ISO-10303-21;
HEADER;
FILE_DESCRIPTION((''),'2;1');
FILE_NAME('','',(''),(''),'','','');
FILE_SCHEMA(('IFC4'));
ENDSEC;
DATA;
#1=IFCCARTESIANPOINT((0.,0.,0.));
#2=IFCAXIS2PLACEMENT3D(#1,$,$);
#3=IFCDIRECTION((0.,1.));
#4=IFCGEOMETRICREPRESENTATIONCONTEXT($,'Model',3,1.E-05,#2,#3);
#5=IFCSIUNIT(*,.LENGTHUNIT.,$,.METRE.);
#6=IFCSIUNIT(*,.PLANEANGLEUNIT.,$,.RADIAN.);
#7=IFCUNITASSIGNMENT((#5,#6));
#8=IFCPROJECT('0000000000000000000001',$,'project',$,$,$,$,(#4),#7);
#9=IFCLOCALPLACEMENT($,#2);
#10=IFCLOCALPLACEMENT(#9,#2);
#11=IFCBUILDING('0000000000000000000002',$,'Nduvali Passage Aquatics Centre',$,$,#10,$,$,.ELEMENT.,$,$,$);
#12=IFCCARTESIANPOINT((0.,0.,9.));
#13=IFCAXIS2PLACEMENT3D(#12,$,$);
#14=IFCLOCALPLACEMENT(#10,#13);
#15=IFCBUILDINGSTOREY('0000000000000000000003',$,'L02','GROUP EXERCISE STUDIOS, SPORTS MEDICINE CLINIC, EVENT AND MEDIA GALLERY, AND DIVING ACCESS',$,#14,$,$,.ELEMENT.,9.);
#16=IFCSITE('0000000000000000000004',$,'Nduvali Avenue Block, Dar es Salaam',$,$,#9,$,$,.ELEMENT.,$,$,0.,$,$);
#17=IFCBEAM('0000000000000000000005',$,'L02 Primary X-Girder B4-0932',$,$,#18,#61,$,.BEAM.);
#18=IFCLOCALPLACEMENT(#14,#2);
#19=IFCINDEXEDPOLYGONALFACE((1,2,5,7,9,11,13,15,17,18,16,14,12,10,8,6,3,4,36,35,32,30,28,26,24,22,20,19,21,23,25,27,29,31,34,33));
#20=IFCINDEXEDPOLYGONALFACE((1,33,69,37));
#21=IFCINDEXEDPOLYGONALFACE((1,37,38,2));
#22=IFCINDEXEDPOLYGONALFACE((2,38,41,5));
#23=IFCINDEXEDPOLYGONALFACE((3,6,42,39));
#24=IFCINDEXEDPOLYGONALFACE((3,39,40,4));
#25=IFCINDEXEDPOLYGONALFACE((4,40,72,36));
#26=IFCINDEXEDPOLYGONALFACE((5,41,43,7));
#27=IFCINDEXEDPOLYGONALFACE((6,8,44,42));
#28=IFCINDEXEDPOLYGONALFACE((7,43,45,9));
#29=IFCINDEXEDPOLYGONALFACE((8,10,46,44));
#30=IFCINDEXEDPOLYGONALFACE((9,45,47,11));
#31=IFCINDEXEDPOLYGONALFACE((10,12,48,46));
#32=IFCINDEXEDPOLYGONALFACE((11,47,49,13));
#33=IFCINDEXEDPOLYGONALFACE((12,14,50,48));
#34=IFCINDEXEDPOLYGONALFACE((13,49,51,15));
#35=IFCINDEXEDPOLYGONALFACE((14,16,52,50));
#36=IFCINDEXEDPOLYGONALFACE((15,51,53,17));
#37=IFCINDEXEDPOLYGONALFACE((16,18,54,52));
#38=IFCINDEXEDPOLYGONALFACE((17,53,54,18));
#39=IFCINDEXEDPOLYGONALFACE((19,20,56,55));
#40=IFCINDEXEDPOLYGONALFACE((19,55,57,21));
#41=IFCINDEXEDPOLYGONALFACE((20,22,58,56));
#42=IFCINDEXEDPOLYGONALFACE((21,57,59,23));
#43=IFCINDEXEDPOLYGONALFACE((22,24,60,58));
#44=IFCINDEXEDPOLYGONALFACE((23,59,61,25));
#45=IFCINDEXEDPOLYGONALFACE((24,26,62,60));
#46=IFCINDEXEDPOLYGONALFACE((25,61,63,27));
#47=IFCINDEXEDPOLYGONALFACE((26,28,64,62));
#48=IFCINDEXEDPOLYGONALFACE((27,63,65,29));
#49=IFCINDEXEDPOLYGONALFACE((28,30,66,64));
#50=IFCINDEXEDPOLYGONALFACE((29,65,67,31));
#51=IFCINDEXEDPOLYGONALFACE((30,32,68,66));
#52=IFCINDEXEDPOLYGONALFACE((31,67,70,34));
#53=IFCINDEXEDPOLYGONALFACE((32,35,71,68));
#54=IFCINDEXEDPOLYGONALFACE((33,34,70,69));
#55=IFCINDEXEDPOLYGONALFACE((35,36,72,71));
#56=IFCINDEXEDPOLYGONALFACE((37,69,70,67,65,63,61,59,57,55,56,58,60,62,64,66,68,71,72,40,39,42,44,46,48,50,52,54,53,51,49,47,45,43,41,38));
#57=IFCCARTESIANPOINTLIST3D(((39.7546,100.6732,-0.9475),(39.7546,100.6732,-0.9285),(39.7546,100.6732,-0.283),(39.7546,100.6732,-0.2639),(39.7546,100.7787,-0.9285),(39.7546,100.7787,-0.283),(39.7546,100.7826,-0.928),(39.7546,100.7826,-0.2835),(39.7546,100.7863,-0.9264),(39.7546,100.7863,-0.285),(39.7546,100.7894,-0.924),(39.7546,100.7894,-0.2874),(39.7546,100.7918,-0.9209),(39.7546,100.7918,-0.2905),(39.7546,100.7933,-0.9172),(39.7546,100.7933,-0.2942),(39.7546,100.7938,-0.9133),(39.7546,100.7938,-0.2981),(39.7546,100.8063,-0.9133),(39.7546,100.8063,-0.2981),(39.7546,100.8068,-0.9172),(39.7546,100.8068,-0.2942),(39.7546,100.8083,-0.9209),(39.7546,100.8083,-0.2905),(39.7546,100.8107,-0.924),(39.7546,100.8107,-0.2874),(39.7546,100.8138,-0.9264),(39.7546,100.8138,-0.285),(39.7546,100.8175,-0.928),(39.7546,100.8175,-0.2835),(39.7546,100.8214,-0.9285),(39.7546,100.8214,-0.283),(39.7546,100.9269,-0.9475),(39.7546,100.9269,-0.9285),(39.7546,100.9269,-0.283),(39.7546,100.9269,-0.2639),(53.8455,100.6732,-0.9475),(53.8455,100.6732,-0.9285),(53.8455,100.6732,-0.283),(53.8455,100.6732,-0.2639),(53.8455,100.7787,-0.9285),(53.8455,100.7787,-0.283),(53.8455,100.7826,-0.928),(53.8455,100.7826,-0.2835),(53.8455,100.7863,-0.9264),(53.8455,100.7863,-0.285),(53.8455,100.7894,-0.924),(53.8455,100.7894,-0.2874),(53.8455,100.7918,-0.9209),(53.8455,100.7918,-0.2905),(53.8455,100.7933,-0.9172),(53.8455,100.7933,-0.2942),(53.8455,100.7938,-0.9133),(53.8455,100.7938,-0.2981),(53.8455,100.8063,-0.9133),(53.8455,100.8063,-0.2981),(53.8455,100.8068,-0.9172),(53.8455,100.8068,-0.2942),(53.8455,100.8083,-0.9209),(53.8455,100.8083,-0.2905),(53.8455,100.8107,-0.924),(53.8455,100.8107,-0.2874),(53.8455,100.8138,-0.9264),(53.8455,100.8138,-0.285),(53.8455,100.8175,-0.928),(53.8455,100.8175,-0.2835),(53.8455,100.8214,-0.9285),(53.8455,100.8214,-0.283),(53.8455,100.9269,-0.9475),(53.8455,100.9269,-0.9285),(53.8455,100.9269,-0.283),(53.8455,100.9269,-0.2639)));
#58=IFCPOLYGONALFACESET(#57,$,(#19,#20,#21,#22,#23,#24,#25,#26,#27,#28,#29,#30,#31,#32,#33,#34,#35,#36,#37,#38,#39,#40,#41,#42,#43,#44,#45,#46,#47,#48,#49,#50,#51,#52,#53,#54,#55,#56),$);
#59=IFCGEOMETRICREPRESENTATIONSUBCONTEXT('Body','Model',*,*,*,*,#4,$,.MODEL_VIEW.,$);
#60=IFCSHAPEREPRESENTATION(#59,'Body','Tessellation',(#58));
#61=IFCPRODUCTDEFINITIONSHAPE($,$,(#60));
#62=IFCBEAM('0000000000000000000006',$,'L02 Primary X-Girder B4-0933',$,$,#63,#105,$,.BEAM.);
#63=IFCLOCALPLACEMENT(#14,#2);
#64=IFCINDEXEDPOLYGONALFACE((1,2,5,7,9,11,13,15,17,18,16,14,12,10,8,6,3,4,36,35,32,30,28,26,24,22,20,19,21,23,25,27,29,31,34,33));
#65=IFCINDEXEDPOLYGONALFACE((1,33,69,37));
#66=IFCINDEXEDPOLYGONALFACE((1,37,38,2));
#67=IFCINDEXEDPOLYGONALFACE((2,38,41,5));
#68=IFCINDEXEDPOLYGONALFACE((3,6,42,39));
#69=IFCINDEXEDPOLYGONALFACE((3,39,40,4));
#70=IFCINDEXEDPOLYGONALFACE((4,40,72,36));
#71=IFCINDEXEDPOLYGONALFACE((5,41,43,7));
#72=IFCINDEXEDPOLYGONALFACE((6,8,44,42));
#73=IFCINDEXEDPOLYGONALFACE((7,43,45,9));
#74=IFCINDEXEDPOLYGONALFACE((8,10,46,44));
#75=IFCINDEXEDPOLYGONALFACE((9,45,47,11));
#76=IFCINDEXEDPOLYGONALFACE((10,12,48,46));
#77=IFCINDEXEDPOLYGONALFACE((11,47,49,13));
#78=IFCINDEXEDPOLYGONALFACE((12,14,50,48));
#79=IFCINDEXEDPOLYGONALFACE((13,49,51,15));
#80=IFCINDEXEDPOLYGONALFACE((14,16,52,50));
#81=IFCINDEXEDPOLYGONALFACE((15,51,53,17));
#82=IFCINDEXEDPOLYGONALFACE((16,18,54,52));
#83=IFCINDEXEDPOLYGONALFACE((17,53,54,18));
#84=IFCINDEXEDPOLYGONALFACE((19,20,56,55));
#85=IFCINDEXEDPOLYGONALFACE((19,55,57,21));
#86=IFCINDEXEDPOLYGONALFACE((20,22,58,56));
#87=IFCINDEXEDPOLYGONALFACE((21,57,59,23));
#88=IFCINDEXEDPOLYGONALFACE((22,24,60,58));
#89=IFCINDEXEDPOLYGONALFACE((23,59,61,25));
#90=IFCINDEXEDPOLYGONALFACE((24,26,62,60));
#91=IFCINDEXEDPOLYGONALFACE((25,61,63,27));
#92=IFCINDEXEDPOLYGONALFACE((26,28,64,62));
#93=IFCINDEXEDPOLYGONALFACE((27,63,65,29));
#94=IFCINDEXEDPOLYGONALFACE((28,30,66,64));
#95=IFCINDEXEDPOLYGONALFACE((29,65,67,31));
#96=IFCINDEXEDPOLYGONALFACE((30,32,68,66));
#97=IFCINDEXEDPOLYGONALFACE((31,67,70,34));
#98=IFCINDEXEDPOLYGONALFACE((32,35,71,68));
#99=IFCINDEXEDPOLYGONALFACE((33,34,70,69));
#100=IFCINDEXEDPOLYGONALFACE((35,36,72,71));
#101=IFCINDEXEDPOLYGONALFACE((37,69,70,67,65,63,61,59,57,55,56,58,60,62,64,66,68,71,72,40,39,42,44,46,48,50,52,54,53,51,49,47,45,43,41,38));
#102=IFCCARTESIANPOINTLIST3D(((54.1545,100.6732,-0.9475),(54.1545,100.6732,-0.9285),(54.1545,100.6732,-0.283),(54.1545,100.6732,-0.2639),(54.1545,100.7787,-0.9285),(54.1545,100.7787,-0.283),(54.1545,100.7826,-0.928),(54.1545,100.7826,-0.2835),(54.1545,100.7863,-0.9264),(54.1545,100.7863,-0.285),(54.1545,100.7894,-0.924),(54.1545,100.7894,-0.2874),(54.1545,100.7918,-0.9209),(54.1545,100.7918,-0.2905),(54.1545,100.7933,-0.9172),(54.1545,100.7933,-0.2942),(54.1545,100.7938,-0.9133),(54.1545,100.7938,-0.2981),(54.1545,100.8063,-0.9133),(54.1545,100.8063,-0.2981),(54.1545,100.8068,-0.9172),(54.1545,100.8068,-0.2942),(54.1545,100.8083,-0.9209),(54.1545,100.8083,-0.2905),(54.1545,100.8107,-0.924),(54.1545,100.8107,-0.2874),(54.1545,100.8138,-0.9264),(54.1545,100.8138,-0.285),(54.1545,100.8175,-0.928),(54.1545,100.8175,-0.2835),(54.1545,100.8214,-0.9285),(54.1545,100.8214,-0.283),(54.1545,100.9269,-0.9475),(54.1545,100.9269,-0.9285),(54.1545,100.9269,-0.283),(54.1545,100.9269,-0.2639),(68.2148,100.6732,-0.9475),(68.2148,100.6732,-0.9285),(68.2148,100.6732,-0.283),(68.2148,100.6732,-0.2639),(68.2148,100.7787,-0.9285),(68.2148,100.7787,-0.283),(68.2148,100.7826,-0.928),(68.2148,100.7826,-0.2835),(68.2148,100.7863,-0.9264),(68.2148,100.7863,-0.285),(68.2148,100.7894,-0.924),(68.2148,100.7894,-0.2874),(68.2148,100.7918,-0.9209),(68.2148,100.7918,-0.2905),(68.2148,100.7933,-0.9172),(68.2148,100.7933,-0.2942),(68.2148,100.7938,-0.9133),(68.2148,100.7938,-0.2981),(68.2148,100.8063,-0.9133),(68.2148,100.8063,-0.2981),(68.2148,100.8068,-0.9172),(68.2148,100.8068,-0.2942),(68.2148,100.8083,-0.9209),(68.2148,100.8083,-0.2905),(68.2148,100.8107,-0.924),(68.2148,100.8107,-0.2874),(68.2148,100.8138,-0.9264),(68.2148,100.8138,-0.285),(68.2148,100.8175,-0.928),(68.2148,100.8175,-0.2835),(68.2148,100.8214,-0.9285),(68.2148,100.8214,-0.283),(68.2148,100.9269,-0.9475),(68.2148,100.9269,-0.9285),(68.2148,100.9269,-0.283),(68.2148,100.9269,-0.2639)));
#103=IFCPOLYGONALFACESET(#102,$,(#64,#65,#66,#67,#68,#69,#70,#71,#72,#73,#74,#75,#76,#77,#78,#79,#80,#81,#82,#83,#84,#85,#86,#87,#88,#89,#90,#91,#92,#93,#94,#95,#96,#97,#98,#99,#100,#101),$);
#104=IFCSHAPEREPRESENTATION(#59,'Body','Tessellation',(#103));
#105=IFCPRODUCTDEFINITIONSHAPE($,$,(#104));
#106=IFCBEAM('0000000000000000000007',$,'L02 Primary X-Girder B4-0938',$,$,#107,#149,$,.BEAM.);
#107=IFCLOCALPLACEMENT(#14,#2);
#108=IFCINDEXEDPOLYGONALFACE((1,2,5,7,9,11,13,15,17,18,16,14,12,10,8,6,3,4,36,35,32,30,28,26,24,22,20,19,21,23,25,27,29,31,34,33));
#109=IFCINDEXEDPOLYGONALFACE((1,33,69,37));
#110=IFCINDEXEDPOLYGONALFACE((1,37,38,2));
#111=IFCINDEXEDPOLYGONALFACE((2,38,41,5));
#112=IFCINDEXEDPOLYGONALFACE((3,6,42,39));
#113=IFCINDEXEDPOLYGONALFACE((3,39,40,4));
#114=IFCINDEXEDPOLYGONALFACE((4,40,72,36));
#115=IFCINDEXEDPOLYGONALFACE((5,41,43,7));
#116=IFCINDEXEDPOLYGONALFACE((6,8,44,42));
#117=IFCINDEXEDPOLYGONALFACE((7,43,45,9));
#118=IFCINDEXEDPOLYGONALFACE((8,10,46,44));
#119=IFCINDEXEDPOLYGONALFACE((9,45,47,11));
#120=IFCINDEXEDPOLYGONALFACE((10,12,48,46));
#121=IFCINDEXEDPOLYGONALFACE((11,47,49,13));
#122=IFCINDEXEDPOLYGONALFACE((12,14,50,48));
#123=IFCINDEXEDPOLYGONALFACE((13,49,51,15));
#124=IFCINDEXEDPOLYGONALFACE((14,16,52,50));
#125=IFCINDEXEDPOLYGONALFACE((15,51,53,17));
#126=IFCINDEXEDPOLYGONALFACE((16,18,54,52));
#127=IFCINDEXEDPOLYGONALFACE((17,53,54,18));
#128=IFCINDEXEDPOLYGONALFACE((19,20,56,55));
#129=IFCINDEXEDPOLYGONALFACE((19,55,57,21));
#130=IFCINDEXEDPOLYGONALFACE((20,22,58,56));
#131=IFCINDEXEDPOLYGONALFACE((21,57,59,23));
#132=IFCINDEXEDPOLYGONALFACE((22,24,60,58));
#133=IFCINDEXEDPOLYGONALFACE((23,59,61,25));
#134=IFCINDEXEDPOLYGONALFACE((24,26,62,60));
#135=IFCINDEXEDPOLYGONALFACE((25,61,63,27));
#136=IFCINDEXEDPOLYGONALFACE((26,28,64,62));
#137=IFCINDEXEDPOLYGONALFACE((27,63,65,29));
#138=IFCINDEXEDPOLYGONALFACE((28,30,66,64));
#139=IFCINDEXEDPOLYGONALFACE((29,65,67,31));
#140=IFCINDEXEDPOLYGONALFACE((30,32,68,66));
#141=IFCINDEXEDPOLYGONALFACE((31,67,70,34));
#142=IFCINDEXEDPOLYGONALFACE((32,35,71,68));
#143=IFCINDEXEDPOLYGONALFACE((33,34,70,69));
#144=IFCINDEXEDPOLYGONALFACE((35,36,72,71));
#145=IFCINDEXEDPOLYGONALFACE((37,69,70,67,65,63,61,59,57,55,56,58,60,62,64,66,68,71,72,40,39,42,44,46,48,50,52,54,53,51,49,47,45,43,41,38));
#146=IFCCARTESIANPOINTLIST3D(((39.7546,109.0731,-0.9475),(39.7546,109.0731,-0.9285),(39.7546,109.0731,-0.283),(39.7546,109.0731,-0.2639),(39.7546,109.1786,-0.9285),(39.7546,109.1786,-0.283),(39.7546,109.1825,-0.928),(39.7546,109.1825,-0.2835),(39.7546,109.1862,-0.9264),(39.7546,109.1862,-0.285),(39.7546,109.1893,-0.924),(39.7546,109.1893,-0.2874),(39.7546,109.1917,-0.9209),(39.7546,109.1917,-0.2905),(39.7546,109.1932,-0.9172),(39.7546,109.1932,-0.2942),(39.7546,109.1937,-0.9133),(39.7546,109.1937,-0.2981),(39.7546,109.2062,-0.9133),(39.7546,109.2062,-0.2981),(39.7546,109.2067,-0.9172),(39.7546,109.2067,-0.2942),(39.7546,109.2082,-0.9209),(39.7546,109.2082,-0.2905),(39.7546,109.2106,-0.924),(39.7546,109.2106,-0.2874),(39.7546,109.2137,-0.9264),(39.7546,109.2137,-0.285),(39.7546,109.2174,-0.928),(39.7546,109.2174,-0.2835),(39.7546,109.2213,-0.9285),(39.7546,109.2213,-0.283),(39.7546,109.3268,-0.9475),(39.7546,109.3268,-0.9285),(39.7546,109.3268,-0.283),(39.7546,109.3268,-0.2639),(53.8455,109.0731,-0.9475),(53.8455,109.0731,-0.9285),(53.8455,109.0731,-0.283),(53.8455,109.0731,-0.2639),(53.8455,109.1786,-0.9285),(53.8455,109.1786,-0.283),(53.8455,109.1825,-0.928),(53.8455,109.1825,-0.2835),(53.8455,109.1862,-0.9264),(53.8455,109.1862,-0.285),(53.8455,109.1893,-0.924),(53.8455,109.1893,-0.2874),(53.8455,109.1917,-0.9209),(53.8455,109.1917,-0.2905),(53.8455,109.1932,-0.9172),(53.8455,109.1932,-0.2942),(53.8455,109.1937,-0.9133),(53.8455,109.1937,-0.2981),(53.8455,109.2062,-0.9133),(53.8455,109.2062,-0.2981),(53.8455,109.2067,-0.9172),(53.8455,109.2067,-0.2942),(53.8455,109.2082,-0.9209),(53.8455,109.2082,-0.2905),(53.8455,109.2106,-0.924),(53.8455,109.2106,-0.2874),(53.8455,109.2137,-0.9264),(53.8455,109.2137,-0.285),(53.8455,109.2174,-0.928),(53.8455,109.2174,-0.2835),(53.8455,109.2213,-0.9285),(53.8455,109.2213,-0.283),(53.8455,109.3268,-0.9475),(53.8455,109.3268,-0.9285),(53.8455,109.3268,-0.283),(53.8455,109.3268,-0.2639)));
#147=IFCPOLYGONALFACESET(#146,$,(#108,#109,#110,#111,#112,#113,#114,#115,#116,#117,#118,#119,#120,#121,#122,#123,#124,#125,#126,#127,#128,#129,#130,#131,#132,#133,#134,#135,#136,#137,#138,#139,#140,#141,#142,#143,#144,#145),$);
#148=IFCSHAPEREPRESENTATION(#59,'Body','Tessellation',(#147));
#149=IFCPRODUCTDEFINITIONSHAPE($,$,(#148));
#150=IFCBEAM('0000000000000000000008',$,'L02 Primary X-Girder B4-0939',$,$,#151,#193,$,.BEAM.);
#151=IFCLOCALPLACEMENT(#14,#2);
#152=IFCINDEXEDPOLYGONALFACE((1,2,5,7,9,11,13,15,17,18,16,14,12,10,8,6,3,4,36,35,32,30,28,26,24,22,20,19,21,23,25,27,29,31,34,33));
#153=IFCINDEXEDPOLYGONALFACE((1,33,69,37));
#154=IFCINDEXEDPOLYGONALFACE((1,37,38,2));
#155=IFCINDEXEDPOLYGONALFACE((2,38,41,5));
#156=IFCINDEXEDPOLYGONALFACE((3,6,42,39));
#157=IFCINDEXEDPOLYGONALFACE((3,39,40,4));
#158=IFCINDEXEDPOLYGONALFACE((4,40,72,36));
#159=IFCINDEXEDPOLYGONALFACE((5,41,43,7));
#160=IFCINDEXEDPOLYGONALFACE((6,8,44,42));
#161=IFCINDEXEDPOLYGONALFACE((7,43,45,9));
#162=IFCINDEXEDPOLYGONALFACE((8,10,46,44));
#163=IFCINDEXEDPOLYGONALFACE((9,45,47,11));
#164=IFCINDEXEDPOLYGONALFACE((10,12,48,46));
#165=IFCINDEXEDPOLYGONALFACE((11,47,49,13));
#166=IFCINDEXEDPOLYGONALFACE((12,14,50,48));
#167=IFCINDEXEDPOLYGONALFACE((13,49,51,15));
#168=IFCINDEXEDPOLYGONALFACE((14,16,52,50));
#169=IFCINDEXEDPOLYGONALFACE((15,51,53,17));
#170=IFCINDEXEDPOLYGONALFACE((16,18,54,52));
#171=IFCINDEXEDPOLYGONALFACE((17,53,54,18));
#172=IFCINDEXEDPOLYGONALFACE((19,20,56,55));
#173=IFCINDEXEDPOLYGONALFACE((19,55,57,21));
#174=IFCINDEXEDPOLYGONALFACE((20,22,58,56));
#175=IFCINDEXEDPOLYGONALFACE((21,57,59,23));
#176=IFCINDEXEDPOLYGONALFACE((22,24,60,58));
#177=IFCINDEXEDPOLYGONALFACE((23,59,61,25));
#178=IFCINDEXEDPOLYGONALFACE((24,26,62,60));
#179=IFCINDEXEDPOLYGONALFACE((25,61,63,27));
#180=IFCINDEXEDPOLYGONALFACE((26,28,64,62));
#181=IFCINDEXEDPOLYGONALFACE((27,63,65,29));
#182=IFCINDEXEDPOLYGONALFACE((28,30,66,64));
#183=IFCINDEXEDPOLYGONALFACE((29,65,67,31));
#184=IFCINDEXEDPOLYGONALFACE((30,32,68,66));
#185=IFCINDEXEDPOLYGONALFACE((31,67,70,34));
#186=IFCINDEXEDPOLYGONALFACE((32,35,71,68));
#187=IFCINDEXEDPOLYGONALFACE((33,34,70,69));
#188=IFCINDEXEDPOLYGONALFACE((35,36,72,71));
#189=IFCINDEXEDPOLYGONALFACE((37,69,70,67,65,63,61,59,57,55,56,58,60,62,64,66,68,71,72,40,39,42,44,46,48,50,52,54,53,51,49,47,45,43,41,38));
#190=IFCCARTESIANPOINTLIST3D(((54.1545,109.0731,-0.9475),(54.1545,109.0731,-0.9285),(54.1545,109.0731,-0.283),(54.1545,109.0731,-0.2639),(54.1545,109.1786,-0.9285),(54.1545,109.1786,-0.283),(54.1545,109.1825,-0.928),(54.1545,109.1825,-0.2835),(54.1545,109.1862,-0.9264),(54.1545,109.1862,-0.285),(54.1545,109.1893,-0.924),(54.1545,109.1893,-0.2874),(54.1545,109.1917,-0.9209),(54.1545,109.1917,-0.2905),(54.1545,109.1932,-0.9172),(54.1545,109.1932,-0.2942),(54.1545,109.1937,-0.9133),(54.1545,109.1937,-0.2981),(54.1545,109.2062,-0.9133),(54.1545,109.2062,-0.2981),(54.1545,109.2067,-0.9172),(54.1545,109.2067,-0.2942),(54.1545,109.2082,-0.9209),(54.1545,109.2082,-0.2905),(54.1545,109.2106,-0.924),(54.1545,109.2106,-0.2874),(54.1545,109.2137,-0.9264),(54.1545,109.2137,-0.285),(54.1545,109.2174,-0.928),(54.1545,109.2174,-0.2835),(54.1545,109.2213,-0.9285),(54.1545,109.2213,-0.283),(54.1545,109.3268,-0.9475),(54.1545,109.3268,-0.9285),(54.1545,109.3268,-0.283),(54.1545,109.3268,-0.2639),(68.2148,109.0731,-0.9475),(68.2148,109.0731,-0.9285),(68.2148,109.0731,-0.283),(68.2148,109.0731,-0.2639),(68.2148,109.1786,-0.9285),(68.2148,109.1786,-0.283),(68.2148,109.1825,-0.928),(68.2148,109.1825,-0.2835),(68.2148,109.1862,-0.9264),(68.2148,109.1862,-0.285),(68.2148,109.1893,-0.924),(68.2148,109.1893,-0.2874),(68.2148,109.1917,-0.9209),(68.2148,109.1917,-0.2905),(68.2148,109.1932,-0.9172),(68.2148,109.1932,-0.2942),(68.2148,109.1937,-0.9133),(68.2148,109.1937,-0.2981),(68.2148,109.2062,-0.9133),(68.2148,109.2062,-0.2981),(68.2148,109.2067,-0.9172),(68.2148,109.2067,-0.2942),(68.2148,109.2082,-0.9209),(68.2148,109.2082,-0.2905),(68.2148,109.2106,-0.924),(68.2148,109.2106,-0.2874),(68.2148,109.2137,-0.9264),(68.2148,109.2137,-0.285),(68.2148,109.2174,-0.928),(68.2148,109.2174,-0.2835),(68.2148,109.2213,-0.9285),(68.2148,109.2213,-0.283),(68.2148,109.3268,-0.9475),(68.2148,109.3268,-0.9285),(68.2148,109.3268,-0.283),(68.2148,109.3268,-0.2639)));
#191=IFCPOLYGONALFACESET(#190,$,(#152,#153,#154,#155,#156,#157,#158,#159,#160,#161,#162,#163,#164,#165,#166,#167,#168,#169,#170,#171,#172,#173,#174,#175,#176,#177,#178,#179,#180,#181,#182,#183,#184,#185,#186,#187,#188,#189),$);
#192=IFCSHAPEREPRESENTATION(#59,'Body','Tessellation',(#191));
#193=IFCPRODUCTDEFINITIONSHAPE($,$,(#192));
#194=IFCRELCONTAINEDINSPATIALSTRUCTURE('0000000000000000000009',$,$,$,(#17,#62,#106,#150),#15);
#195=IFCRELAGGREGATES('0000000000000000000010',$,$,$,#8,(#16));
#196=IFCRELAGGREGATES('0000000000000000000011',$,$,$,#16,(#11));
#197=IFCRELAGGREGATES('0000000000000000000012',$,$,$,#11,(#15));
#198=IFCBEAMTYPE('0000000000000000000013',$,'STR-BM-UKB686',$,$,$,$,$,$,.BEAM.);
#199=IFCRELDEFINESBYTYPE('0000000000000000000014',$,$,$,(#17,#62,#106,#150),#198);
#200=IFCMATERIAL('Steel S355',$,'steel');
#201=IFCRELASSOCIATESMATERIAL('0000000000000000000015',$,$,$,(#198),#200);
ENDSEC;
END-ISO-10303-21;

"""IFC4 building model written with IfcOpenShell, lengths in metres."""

from ifc_helpers import new_model, si_unit, direction, frame, origin, origin_2d, place, context, subcontext, project, spatial, i_section, extrude, material, material_profile, profile_set, type_object, element, save


model = new_model("IFC4")

# Units and contexts
model_context = context("Model", 3, precision=1e-05, world=origin(), true_north=direction((0.0, 1.0)))
body_context = subcontext(model_context, "Body", "Model", "MODEL_VIEW")
ifc_project = project(units=[si_unit("LENGTHUNIT", "METRE"), si_unit("PLANEANGLEUNIT", "RADIAN")], contexts=[model_context])

# Site, building, storey
site_placement = place(None, origin())
site = spatial("IfcSite", under=ifc_project, at=site_placement, Name="Nduvali Avenue Block, Dar es Salaam", CompositionType="ELEMENT", RefElevation=0.0)
building_placement = place(site_placement, origin())
building = spatial("IfcBuilding", under=site, at=building_placement, Name="Nduvali Passage Aquatics Centre", CompositionType="ELEMENT")
storey_placement = place(building_placement, frame((0.0, 0.0, 9.0)))
storey = spatial("IfcBuildingStorey", under=building, at=storey_placement, Name="L02", Description="GROUP EXERCISE STUDIOS, SPORTS MEDICINE CLINIC, EVENT AND MEDIA GALLERY, AND DIVING ACCESS", CompositionType="ELEMENT", Elevation=9.0)

# Shared definitions
ifc_material_1 = material(Name="Steel S355", Category="steel")

# Beams
ifc_material_profile_1 = material_profile(ifc_material_1, i_section(OverallWidth=0.2537, OverallDepth=0.6836, WebThickness=0.0125, FlangeThickness=0.019, FilletRadius=0.0151, at=origin_2d()), Name="UKB 686x254x140")
ifc_profile_set_1 = profile_set([ifc_material_profile_1], Name="Steel S355")
beam_type_1 = type_object("IfcBeamType", Name="STR-BM-UKB686", PredefinedType="BEAM", material=ifc_profile_set_1)
beam_1_placement = place(storey_placement, frame((39.7546, 100.8, -0.6057), z_axis=(1.0, 0.0, 0.0), x_axis=(0.0, 1.0, 0.0)))
element("IfcBeam", 1, at=beam_1_placement, inside=storey, type_object=beam_type_1, Name="L02 Primary X-Girder B4-0932", PredefinedType="BEAM", context=body_context, shape_type="SweptSolid", body=[
    extrude(i_section(OverallWidth=0.2537, OverallDepth=0.6836, WebThickness=0.0125, FlangeThickness=0.019, FilletRadius=0.0151, at=origin_2d()), origin(), (0.0, 0.0, 1.0), 14.0908),
])
beam_2_placement = place(storey_placement, frame((54.1545, 100.8, -0.6057), z_axis=(1.0, 0.0, 0.0), x_axis=(0.0, 1.0, 0.0)))
element("IfcBeam", 2, at=beam_2_placement, inside=storey, type_object=beam_type_1, Name="L02 Primary X-Girder B4-0933", PredefinedType="BEAM", context=body_context, shape_type="SweptSolid", body=[
    extrude(i_section(OverallWidth=0.2537, OverallDepth=0.6836, WebThickness=0.0125, FlangeThickness=0.019, FilletRadius=0.0151, at=origin_2d()), origin(), (0.0, 0.0, 1.0), 14.0603),
])
beam_3_placement = place(storey_placement, frame((39.7546, 109.2, -0.6057), z_axis=(1.0, 0.0, 0.0), x_axis=(0.0, 1.0, 0.0)))
element("IfcBeam", 3, at=beam_3_placement, inside=storey, type_object=beam_type_1, Name="L02 Primary X-Girder B4-0938", PredefinedType="BEAM", context=body_context, shape_type="SweptSolid", body=[
    extrude(i_section(OverallWidth=0.2537, OverallDepth=0.6836, WebThickness=0.0125, FlangeThickness=0.019, FilletRadius=0.0151, at=origin_2d()), origin(), (0.0, 0.0, 1.0), 14.0908),
])
beam_4_placement = place(storey_placement, frame((54.1545, 109.2, -0.6057), z_axis=(1.0, 0.0, 0.0), x_axis=(0.0, 1.0, 0.0)))
element("IfcBeam", 4, at=beam_4_placement, inside=storey, type_object=beam_type_1, Name="L02 Primary X-Girder B4-0939", PredefinedType="BEAM", context=body_context, shape_type="SweptSolid", body=[
    extrude(i_section(OverallWidth=0.2537, OverallDepth=0.6836, WebThickness=0.0125, FlangeThickness=0.019, FilletRadius=0.0151, at=origin_2d()), origin(), (0.0, 0.0, 1.0), 14.0603),
])

save(model, "model.ifc")
